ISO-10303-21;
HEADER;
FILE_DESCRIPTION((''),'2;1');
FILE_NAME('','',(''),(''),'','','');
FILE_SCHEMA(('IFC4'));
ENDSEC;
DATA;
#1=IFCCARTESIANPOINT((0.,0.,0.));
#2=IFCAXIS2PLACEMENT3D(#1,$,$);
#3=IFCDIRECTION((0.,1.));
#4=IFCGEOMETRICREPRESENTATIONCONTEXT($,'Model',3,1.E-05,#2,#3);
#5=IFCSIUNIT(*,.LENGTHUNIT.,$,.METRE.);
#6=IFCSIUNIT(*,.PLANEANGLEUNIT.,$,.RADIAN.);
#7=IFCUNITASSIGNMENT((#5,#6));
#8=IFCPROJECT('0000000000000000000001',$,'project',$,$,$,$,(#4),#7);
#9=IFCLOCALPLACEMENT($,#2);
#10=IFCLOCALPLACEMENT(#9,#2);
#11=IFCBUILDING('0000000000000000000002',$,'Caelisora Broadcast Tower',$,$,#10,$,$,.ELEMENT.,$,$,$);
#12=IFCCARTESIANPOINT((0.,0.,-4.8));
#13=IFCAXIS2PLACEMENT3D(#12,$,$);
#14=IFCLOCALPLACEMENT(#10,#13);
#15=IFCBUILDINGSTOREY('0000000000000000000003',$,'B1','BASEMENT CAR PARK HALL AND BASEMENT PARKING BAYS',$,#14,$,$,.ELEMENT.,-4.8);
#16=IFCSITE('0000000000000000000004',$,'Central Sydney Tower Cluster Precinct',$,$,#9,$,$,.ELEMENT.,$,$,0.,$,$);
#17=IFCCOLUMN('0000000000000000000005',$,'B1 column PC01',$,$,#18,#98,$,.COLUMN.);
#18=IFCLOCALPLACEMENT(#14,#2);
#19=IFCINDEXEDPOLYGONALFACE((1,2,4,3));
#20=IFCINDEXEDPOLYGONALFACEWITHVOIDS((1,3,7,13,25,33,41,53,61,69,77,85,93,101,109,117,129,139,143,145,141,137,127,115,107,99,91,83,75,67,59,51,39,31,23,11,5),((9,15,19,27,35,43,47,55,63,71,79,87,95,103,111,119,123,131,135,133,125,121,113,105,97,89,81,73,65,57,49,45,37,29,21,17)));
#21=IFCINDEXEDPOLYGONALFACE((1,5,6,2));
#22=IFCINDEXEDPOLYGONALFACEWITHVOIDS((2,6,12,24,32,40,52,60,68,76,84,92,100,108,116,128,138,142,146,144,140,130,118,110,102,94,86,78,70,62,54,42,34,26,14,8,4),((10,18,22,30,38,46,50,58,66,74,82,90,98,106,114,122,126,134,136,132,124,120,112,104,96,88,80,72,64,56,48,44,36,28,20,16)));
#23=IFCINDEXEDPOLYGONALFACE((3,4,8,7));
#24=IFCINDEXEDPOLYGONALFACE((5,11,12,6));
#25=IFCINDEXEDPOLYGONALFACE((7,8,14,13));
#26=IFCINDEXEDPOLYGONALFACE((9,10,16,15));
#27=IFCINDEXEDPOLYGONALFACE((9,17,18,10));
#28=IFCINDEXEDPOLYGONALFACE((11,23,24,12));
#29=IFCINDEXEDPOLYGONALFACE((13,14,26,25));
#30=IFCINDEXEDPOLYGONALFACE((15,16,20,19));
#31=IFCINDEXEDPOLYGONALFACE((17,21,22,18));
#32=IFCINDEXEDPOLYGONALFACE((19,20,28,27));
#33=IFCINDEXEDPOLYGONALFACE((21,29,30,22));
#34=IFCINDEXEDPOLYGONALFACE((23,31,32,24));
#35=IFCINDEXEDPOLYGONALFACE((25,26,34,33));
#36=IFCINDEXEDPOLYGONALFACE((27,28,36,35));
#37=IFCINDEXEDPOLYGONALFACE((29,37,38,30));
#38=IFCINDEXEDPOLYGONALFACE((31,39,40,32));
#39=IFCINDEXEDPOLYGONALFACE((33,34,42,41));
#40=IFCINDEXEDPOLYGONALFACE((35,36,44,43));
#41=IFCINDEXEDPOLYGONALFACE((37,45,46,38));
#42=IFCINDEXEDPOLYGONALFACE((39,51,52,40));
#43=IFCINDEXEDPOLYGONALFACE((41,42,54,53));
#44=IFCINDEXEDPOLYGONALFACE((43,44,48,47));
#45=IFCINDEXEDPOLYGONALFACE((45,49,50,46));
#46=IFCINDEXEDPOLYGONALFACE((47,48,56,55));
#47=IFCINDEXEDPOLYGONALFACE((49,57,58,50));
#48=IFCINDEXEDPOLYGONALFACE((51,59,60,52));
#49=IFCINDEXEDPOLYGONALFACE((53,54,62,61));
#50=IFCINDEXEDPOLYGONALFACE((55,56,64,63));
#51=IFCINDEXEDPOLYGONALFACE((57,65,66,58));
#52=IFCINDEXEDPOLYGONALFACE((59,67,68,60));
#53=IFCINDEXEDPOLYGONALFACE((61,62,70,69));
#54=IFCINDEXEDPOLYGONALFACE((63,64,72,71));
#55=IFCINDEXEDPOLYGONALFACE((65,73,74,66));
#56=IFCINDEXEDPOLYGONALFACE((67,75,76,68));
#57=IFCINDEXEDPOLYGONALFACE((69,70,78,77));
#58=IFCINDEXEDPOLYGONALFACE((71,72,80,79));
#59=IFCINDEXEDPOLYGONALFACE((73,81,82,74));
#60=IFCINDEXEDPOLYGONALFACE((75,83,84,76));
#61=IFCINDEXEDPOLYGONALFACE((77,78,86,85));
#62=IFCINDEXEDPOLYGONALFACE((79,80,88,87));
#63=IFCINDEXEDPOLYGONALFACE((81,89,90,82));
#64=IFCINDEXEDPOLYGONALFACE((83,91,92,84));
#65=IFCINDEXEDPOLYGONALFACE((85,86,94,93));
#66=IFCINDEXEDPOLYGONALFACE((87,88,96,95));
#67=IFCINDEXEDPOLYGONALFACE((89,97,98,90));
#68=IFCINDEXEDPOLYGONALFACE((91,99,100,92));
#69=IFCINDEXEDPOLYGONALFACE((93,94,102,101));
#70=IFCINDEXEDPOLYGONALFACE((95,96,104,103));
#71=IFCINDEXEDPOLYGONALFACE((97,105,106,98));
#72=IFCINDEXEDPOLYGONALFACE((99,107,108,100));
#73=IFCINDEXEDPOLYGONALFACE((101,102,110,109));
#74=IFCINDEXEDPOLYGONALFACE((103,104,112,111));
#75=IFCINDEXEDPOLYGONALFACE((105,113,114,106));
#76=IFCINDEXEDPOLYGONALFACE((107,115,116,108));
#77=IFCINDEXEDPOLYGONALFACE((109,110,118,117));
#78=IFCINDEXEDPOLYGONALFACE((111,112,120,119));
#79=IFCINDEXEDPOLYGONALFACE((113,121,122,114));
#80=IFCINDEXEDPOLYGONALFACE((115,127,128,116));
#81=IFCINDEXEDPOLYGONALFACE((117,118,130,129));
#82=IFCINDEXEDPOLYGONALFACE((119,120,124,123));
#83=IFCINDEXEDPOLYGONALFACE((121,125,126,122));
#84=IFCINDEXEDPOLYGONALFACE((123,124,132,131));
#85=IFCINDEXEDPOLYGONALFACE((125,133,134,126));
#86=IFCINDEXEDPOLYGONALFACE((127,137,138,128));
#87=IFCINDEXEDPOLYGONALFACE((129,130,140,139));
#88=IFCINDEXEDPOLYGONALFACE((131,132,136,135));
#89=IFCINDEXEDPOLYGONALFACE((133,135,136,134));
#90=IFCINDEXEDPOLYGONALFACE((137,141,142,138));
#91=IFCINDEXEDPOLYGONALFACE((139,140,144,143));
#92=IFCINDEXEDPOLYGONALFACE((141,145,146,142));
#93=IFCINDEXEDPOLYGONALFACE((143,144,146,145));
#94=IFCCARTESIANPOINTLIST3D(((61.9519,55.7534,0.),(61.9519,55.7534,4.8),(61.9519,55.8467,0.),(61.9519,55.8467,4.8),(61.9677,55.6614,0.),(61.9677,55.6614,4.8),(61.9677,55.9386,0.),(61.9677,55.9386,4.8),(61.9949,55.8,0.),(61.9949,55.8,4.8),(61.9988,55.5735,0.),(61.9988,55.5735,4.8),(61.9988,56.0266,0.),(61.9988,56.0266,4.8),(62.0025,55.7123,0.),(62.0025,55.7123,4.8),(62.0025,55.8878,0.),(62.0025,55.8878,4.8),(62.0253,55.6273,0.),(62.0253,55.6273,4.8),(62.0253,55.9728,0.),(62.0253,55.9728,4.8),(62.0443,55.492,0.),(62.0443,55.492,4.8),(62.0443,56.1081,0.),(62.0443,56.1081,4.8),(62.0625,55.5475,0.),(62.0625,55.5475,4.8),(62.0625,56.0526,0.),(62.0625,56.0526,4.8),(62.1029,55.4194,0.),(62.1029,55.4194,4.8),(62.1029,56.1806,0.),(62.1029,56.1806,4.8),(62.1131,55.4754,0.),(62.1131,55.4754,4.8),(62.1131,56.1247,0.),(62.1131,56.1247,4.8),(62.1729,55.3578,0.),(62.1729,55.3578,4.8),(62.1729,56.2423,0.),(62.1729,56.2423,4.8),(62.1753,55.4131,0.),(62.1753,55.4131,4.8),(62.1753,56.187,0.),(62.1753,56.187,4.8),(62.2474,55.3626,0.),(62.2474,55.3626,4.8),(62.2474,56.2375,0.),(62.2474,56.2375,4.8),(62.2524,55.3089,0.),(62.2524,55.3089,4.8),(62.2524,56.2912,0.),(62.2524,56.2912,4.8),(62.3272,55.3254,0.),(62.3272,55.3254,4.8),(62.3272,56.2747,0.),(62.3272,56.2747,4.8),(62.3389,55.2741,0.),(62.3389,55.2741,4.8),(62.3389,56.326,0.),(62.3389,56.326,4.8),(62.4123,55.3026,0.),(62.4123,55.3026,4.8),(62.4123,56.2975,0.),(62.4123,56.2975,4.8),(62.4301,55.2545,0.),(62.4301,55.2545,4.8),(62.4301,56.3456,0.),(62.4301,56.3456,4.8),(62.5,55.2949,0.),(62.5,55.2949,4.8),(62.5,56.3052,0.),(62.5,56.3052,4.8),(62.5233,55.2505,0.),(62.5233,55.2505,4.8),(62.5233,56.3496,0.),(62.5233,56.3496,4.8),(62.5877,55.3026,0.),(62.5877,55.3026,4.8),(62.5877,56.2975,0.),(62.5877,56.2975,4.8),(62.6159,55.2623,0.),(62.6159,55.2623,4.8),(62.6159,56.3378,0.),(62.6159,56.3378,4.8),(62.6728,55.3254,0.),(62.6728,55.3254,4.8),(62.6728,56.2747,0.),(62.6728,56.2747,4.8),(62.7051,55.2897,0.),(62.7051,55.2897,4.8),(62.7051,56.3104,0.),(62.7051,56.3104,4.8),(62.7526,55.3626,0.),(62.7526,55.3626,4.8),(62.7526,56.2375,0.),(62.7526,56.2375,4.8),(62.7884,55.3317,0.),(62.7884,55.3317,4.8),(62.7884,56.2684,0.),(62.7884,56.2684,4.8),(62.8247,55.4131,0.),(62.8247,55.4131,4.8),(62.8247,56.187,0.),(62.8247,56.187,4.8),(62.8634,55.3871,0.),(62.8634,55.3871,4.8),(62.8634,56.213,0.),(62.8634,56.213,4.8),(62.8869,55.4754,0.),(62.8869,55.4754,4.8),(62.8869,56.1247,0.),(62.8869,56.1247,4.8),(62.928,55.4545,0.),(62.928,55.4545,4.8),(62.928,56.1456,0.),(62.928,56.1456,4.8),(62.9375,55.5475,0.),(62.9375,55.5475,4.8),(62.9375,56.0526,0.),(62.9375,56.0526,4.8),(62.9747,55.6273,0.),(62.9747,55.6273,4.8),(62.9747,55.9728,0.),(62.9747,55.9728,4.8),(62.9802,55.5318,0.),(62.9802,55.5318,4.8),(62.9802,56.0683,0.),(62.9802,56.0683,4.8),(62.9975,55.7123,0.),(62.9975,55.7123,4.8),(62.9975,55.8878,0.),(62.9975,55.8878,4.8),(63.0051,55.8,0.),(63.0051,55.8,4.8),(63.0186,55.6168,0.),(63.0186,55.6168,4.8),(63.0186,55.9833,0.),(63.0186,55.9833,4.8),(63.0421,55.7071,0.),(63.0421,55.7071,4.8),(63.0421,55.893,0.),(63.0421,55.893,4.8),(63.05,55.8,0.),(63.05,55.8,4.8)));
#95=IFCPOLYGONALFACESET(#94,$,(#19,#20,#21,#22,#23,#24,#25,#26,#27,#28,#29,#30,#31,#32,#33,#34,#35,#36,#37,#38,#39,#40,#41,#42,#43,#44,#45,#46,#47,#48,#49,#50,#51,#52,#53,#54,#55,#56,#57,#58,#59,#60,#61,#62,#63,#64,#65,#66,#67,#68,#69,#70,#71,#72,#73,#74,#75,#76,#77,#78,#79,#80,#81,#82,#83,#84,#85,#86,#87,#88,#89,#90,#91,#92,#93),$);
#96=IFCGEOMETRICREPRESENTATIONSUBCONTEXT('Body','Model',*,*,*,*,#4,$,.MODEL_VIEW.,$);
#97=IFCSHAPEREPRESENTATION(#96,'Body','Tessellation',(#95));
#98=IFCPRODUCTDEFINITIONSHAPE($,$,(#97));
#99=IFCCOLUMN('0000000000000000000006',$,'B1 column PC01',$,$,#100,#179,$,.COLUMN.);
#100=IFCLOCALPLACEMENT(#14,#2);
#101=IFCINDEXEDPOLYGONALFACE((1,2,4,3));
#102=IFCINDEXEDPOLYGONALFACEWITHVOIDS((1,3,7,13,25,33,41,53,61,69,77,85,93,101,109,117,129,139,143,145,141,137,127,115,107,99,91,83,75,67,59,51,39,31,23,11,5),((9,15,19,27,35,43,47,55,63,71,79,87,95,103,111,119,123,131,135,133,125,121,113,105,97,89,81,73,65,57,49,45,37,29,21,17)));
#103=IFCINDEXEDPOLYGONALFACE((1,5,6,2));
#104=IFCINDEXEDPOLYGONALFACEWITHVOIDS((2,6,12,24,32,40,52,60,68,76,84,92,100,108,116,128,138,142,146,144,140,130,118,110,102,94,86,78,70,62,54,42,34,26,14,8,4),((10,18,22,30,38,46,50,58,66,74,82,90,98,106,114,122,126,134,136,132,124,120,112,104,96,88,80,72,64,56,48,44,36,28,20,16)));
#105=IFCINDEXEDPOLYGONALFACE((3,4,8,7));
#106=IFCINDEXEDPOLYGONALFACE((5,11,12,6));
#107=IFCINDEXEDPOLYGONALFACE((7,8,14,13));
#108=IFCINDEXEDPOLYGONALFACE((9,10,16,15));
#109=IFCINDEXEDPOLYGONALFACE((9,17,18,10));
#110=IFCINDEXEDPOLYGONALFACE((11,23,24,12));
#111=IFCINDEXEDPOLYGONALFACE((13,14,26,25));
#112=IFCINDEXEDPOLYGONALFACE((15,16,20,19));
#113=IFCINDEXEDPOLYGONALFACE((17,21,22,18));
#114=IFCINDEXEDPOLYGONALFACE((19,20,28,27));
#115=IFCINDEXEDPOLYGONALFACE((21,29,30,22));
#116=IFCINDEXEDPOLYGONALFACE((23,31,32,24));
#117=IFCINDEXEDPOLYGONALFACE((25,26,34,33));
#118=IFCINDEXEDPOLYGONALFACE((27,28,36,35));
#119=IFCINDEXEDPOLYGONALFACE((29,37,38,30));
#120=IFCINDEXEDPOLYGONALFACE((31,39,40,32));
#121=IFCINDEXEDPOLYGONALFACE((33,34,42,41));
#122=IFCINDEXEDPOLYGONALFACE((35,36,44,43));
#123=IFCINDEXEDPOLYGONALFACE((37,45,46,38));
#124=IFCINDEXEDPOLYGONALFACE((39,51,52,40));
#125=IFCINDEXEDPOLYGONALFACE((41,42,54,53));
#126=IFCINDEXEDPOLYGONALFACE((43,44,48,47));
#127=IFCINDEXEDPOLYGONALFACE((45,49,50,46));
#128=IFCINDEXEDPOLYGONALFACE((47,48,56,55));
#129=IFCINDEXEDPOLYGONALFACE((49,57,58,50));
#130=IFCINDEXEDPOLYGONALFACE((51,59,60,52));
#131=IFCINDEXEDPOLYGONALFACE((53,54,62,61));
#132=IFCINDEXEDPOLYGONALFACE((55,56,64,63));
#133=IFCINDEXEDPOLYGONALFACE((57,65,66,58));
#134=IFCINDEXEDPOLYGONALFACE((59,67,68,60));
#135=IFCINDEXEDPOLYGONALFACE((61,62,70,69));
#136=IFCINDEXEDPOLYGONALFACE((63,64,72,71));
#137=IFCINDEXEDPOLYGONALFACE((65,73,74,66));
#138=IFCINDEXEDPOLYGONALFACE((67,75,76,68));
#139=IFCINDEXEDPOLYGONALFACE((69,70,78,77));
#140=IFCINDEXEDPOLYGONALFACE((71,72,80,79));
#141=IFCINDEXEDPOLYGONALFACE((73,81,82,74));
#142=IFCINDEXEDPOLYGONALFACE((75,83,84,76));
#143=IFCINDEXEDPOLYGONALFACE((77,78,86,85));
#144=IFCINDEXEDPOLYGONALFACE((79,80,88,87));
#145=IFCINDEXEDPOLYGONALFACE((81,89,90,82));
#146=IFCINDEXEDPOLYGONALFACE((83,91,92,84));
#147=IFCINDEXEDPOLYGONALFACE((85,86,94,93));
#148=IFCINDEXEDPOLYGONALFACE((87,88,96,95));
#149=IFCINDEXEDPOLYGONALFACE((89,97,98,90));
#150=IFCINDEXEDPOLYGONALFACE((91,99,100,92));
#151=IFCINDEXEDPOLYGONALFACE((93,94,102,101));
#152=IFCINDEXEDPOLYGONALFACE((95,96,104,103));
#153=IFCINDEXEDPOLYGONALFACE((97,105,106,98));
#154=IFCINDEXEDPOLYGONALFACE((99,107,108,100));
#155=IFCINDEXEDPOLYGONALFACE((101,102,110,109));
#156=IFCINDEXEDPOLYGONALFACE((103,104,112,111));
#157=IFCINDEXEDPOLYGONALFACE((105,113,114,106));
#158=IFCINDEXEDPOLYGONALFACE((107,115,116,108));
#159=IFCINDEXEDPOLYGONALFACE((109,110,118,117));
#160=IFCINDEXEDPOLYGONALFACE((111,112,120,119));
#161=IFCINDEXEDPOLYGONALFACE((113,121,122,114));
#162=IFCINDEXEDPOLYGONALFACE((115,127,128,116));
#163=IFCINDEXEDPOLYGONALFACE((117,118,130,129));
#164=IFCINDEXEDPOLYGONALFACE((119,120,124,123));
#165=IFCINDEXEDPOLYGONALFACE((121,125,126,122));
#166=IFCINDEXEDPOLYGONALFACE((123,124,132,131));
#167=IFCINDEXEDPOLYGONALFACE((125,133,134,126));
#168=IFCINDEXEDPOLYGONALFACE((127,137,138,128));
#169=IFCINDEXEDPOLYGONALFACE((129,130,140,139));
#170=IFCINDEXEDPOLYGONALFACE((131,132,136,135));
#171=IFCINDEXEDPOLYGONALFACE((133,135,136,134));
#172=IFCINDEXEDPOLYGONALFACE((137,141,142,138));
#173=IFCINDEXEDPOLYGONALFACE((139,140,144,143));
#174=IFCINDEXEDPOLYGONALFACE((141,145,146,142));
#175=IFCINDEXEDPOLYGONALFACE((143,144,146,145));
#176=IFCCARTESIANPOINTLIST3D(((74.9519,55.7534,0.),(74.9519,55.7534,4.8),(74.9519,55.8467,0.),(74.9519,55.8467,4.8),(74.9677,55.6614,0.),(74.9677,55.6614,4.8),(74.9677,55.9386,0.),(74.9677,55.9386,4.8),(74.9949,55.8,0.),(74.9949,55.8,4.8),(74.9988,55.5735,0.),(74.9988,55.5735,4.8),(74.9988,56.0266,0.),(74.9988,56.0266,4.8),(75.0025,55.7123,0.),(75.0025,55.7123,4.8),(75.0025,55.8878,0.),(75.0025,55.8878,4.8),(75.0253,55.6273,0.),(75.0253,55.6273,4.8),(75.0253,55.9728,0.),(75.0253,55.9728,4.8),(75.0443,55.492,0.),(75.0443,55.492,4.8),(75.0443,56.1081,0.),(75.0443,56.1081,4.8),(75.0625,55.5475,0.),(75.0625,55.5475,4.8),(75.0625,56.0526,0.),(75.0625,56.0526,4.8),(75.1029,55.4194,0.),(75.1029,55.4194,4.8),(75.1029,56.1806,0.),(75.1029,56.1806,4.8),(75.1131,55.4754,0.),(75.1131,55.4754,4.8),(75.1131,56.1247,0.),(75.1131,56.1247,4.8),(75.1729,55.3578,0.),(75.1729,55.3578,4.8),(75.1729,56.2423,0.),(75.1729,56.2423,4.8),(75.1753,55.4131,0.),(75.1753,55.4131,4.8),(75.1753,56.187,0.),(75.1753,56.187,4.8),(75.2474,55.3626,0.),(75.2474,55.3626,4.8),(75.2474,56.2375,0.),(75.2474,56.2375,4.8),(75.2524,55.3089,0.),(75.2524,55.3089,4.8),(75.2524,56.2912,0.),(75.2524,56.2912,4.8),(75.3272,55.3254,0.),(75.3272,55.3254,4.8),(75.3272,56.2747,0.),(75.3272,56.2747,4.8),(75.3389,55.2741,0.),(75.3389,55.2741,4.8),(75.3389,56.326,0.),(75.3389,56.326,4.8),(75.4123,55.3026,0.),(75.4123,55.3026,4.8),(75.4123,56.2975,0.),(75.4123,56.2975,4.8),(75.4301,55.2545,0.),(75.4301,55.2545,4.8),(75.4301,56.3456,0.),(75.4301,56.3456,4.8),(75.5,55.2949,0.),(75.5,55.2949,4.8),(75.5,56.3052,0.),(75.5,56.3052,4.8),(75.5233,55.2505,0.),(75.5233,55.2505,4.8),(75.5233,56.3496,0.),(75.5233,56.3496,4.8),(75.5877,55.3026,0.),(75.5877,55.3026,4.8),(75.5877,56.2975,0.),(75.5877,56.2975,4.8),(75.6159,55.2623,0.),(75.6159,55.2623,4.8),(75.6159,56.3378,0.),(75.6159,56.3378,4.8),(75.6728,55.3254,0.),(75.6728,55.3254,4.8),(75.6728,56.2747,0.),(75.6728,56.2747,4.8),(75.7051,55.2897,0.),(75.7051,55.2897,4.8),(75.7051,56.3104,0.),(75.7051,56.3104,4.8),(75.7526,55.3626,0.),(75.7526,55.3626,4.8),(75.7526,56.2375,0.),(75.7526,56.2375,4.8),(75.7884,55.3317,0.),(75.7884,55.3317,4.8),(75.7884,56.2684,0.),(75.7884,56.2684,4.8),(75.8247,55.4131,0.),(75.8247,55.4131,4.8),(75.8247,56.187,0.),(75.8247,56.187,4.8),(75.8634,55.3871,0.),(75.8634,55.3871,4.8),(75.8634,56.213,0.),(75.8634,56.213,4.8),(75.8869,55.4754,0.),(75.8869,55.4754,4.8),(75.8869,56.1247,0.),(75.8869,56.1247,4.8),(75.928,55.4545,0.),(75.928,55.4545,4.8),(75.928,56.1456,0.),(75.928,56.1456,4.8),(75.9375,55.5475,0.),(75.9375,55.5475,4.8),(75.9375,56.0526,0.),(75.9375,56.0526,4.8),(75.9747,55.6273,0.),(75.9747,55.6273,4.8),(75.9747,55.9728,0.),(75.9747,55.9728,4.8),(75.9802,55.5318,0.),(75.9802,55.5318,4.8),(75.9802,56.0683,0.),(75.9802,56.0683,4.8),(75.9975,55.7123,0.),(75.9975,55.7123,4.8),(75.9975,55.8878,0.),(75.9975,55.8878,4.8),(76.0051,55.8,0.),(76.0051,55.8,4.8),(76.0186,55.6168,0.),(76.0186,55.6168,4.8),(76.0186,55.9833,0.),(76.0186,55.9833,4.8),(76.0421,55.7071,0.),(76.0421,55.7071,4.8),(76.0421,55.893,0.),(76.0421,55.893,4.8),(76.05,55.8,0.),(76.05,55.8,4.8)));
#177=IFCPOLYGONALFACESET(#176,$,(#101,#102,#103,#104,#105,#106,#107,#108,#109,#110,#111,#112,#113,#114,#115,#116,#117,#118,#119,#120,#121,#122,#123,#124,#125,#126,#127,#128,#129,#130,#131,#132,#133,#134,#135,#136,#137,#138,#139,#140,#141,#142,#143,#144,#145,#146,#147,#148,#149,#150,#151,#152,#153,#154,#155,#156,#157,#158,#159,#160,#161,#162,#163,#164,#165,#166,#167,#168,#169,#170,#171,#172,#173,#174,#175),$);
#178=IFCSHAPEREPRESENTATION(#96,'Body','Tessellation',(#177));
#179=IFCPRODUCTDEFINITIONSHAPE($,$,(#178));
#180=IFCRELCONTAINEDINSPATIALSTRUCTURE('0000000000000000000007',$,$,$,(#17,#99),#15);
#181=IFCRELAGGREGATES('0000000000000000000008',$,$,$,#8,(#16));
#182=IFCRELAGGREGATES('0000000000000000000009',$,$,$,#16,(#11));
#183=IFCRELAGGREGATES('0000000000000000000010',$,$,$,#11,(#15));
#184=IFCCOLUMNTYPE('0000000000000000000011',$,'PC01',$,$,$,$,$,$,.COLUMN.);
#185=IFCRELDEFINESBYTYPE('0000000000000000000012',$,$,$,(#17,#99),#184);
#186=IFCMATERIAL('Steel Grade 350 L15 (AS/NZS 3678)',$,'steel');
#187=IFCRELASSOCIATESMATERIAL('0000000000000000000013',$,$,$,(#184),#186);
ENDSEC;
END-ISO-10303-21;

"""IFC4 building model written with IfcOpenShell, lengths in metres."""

from ifc_helpers import new_model, si_unit, direction, frame, origin, origin_2d, place, context, subcontext, project, spatial, hollow_circle, extrude, source, transform, mapped, material, material_profile, profile_set, type_object, type_shapes, element, save


model = new_model("IFC4")

# Units and contexts
model_context = context("Model", 3, precision=1e-05, world=origin(), true_north=direction((0.0, 1.0)))
body_context = subcontext(model_context, "Body", "Model", "MODEL_VIEW")
ifc_project = project(units=[si_unit("LENGTHUNIT", "METRE"), si_unit("PLANEANGLEUNIT", "RADIAN")], contexts=[model_context])

# Site, building, storey
site_placement = place(None, origin())
site = spatial("IfcSite", under=ifc_project, at=site_placement, Name="Central Sydney Tower Cluster Precinct", CompositionType="ELEMENT", RefElevation=0.0)
building_placement = place(site_placement, origin())
building = spatial("IfcBuilding", under=site, at=building_placement, Name="Caelisora Broadcast Tower", CompositionType="ELEMENT")
storey_placement = place(building_placement, frame((0.0, 0.0, -4.8)))
storey = spatial("IfcBuildingStorey", under=building, at=storey_placement, Name="B1", Description="BASEMENT CAR PARK HALL AND BASEMENT PARKING BAYS", CompositionType="ELEMENT", Elevation=-4.8)

# Columns
ifc_material_1 = material(Name="Steel Grade 350 L15 (AS/NZS 3678)", Category="steel")
ifc_material_profile_1 = material_profile(ifc_material_1, hollow_circle(Radius=0.55, WallThickness=0.0449, at=origin_2d()), Name="Steel Grade 350 L15 (AS/NZS 3678)")
ifc_profile_set_1 = profile_set([ifc_material_profile_1], Name="Steel Grade 350 L15 (AS/NZS 3678)")
column_type_1 = type_object("IfcColumnType", Name="PC01", PredefinedType="COLUMN", material=ifc_profile_set_1)
shared_shape_1 = source(origin(), body_context, "Body", "SweptSolid", [
    extrude(hollow_circle(Radius=0.55, WallThickness=0.0449, at=origin_2d()), origin(), (0.0, 0.0, 1.0), 4.8),
])
type_shapes(column_type_1, [shared_shape_1])
for number, where, z_axis, x_axis, name in (
    (1, (62.5, 55.8, 0.0), (0.0, 0.0, 1.0), (1.0, 0.0, 0.0), "B1 column PC01"),
    (2, (75.5, 55.8, 0.0), (0.0, 0.0, 1.0), (1.0, 0.0, 0.0), "B1 column PC01"),
):
    element("IfcColumn", number, at=place(storey_placement, frame(where, z_axis=z_axis, x_axis=x_axis)), inside=storey, type_object=column_type_1, Name=name, PredefinedType="COLUMN", context=body_context, shape_type="MappedRepresentation", body=[
        mapped(shared_shape_1, transform((0.0, 0.0, 0.0), scale=1.0)),
    ])

save(model, "model.ifc")
